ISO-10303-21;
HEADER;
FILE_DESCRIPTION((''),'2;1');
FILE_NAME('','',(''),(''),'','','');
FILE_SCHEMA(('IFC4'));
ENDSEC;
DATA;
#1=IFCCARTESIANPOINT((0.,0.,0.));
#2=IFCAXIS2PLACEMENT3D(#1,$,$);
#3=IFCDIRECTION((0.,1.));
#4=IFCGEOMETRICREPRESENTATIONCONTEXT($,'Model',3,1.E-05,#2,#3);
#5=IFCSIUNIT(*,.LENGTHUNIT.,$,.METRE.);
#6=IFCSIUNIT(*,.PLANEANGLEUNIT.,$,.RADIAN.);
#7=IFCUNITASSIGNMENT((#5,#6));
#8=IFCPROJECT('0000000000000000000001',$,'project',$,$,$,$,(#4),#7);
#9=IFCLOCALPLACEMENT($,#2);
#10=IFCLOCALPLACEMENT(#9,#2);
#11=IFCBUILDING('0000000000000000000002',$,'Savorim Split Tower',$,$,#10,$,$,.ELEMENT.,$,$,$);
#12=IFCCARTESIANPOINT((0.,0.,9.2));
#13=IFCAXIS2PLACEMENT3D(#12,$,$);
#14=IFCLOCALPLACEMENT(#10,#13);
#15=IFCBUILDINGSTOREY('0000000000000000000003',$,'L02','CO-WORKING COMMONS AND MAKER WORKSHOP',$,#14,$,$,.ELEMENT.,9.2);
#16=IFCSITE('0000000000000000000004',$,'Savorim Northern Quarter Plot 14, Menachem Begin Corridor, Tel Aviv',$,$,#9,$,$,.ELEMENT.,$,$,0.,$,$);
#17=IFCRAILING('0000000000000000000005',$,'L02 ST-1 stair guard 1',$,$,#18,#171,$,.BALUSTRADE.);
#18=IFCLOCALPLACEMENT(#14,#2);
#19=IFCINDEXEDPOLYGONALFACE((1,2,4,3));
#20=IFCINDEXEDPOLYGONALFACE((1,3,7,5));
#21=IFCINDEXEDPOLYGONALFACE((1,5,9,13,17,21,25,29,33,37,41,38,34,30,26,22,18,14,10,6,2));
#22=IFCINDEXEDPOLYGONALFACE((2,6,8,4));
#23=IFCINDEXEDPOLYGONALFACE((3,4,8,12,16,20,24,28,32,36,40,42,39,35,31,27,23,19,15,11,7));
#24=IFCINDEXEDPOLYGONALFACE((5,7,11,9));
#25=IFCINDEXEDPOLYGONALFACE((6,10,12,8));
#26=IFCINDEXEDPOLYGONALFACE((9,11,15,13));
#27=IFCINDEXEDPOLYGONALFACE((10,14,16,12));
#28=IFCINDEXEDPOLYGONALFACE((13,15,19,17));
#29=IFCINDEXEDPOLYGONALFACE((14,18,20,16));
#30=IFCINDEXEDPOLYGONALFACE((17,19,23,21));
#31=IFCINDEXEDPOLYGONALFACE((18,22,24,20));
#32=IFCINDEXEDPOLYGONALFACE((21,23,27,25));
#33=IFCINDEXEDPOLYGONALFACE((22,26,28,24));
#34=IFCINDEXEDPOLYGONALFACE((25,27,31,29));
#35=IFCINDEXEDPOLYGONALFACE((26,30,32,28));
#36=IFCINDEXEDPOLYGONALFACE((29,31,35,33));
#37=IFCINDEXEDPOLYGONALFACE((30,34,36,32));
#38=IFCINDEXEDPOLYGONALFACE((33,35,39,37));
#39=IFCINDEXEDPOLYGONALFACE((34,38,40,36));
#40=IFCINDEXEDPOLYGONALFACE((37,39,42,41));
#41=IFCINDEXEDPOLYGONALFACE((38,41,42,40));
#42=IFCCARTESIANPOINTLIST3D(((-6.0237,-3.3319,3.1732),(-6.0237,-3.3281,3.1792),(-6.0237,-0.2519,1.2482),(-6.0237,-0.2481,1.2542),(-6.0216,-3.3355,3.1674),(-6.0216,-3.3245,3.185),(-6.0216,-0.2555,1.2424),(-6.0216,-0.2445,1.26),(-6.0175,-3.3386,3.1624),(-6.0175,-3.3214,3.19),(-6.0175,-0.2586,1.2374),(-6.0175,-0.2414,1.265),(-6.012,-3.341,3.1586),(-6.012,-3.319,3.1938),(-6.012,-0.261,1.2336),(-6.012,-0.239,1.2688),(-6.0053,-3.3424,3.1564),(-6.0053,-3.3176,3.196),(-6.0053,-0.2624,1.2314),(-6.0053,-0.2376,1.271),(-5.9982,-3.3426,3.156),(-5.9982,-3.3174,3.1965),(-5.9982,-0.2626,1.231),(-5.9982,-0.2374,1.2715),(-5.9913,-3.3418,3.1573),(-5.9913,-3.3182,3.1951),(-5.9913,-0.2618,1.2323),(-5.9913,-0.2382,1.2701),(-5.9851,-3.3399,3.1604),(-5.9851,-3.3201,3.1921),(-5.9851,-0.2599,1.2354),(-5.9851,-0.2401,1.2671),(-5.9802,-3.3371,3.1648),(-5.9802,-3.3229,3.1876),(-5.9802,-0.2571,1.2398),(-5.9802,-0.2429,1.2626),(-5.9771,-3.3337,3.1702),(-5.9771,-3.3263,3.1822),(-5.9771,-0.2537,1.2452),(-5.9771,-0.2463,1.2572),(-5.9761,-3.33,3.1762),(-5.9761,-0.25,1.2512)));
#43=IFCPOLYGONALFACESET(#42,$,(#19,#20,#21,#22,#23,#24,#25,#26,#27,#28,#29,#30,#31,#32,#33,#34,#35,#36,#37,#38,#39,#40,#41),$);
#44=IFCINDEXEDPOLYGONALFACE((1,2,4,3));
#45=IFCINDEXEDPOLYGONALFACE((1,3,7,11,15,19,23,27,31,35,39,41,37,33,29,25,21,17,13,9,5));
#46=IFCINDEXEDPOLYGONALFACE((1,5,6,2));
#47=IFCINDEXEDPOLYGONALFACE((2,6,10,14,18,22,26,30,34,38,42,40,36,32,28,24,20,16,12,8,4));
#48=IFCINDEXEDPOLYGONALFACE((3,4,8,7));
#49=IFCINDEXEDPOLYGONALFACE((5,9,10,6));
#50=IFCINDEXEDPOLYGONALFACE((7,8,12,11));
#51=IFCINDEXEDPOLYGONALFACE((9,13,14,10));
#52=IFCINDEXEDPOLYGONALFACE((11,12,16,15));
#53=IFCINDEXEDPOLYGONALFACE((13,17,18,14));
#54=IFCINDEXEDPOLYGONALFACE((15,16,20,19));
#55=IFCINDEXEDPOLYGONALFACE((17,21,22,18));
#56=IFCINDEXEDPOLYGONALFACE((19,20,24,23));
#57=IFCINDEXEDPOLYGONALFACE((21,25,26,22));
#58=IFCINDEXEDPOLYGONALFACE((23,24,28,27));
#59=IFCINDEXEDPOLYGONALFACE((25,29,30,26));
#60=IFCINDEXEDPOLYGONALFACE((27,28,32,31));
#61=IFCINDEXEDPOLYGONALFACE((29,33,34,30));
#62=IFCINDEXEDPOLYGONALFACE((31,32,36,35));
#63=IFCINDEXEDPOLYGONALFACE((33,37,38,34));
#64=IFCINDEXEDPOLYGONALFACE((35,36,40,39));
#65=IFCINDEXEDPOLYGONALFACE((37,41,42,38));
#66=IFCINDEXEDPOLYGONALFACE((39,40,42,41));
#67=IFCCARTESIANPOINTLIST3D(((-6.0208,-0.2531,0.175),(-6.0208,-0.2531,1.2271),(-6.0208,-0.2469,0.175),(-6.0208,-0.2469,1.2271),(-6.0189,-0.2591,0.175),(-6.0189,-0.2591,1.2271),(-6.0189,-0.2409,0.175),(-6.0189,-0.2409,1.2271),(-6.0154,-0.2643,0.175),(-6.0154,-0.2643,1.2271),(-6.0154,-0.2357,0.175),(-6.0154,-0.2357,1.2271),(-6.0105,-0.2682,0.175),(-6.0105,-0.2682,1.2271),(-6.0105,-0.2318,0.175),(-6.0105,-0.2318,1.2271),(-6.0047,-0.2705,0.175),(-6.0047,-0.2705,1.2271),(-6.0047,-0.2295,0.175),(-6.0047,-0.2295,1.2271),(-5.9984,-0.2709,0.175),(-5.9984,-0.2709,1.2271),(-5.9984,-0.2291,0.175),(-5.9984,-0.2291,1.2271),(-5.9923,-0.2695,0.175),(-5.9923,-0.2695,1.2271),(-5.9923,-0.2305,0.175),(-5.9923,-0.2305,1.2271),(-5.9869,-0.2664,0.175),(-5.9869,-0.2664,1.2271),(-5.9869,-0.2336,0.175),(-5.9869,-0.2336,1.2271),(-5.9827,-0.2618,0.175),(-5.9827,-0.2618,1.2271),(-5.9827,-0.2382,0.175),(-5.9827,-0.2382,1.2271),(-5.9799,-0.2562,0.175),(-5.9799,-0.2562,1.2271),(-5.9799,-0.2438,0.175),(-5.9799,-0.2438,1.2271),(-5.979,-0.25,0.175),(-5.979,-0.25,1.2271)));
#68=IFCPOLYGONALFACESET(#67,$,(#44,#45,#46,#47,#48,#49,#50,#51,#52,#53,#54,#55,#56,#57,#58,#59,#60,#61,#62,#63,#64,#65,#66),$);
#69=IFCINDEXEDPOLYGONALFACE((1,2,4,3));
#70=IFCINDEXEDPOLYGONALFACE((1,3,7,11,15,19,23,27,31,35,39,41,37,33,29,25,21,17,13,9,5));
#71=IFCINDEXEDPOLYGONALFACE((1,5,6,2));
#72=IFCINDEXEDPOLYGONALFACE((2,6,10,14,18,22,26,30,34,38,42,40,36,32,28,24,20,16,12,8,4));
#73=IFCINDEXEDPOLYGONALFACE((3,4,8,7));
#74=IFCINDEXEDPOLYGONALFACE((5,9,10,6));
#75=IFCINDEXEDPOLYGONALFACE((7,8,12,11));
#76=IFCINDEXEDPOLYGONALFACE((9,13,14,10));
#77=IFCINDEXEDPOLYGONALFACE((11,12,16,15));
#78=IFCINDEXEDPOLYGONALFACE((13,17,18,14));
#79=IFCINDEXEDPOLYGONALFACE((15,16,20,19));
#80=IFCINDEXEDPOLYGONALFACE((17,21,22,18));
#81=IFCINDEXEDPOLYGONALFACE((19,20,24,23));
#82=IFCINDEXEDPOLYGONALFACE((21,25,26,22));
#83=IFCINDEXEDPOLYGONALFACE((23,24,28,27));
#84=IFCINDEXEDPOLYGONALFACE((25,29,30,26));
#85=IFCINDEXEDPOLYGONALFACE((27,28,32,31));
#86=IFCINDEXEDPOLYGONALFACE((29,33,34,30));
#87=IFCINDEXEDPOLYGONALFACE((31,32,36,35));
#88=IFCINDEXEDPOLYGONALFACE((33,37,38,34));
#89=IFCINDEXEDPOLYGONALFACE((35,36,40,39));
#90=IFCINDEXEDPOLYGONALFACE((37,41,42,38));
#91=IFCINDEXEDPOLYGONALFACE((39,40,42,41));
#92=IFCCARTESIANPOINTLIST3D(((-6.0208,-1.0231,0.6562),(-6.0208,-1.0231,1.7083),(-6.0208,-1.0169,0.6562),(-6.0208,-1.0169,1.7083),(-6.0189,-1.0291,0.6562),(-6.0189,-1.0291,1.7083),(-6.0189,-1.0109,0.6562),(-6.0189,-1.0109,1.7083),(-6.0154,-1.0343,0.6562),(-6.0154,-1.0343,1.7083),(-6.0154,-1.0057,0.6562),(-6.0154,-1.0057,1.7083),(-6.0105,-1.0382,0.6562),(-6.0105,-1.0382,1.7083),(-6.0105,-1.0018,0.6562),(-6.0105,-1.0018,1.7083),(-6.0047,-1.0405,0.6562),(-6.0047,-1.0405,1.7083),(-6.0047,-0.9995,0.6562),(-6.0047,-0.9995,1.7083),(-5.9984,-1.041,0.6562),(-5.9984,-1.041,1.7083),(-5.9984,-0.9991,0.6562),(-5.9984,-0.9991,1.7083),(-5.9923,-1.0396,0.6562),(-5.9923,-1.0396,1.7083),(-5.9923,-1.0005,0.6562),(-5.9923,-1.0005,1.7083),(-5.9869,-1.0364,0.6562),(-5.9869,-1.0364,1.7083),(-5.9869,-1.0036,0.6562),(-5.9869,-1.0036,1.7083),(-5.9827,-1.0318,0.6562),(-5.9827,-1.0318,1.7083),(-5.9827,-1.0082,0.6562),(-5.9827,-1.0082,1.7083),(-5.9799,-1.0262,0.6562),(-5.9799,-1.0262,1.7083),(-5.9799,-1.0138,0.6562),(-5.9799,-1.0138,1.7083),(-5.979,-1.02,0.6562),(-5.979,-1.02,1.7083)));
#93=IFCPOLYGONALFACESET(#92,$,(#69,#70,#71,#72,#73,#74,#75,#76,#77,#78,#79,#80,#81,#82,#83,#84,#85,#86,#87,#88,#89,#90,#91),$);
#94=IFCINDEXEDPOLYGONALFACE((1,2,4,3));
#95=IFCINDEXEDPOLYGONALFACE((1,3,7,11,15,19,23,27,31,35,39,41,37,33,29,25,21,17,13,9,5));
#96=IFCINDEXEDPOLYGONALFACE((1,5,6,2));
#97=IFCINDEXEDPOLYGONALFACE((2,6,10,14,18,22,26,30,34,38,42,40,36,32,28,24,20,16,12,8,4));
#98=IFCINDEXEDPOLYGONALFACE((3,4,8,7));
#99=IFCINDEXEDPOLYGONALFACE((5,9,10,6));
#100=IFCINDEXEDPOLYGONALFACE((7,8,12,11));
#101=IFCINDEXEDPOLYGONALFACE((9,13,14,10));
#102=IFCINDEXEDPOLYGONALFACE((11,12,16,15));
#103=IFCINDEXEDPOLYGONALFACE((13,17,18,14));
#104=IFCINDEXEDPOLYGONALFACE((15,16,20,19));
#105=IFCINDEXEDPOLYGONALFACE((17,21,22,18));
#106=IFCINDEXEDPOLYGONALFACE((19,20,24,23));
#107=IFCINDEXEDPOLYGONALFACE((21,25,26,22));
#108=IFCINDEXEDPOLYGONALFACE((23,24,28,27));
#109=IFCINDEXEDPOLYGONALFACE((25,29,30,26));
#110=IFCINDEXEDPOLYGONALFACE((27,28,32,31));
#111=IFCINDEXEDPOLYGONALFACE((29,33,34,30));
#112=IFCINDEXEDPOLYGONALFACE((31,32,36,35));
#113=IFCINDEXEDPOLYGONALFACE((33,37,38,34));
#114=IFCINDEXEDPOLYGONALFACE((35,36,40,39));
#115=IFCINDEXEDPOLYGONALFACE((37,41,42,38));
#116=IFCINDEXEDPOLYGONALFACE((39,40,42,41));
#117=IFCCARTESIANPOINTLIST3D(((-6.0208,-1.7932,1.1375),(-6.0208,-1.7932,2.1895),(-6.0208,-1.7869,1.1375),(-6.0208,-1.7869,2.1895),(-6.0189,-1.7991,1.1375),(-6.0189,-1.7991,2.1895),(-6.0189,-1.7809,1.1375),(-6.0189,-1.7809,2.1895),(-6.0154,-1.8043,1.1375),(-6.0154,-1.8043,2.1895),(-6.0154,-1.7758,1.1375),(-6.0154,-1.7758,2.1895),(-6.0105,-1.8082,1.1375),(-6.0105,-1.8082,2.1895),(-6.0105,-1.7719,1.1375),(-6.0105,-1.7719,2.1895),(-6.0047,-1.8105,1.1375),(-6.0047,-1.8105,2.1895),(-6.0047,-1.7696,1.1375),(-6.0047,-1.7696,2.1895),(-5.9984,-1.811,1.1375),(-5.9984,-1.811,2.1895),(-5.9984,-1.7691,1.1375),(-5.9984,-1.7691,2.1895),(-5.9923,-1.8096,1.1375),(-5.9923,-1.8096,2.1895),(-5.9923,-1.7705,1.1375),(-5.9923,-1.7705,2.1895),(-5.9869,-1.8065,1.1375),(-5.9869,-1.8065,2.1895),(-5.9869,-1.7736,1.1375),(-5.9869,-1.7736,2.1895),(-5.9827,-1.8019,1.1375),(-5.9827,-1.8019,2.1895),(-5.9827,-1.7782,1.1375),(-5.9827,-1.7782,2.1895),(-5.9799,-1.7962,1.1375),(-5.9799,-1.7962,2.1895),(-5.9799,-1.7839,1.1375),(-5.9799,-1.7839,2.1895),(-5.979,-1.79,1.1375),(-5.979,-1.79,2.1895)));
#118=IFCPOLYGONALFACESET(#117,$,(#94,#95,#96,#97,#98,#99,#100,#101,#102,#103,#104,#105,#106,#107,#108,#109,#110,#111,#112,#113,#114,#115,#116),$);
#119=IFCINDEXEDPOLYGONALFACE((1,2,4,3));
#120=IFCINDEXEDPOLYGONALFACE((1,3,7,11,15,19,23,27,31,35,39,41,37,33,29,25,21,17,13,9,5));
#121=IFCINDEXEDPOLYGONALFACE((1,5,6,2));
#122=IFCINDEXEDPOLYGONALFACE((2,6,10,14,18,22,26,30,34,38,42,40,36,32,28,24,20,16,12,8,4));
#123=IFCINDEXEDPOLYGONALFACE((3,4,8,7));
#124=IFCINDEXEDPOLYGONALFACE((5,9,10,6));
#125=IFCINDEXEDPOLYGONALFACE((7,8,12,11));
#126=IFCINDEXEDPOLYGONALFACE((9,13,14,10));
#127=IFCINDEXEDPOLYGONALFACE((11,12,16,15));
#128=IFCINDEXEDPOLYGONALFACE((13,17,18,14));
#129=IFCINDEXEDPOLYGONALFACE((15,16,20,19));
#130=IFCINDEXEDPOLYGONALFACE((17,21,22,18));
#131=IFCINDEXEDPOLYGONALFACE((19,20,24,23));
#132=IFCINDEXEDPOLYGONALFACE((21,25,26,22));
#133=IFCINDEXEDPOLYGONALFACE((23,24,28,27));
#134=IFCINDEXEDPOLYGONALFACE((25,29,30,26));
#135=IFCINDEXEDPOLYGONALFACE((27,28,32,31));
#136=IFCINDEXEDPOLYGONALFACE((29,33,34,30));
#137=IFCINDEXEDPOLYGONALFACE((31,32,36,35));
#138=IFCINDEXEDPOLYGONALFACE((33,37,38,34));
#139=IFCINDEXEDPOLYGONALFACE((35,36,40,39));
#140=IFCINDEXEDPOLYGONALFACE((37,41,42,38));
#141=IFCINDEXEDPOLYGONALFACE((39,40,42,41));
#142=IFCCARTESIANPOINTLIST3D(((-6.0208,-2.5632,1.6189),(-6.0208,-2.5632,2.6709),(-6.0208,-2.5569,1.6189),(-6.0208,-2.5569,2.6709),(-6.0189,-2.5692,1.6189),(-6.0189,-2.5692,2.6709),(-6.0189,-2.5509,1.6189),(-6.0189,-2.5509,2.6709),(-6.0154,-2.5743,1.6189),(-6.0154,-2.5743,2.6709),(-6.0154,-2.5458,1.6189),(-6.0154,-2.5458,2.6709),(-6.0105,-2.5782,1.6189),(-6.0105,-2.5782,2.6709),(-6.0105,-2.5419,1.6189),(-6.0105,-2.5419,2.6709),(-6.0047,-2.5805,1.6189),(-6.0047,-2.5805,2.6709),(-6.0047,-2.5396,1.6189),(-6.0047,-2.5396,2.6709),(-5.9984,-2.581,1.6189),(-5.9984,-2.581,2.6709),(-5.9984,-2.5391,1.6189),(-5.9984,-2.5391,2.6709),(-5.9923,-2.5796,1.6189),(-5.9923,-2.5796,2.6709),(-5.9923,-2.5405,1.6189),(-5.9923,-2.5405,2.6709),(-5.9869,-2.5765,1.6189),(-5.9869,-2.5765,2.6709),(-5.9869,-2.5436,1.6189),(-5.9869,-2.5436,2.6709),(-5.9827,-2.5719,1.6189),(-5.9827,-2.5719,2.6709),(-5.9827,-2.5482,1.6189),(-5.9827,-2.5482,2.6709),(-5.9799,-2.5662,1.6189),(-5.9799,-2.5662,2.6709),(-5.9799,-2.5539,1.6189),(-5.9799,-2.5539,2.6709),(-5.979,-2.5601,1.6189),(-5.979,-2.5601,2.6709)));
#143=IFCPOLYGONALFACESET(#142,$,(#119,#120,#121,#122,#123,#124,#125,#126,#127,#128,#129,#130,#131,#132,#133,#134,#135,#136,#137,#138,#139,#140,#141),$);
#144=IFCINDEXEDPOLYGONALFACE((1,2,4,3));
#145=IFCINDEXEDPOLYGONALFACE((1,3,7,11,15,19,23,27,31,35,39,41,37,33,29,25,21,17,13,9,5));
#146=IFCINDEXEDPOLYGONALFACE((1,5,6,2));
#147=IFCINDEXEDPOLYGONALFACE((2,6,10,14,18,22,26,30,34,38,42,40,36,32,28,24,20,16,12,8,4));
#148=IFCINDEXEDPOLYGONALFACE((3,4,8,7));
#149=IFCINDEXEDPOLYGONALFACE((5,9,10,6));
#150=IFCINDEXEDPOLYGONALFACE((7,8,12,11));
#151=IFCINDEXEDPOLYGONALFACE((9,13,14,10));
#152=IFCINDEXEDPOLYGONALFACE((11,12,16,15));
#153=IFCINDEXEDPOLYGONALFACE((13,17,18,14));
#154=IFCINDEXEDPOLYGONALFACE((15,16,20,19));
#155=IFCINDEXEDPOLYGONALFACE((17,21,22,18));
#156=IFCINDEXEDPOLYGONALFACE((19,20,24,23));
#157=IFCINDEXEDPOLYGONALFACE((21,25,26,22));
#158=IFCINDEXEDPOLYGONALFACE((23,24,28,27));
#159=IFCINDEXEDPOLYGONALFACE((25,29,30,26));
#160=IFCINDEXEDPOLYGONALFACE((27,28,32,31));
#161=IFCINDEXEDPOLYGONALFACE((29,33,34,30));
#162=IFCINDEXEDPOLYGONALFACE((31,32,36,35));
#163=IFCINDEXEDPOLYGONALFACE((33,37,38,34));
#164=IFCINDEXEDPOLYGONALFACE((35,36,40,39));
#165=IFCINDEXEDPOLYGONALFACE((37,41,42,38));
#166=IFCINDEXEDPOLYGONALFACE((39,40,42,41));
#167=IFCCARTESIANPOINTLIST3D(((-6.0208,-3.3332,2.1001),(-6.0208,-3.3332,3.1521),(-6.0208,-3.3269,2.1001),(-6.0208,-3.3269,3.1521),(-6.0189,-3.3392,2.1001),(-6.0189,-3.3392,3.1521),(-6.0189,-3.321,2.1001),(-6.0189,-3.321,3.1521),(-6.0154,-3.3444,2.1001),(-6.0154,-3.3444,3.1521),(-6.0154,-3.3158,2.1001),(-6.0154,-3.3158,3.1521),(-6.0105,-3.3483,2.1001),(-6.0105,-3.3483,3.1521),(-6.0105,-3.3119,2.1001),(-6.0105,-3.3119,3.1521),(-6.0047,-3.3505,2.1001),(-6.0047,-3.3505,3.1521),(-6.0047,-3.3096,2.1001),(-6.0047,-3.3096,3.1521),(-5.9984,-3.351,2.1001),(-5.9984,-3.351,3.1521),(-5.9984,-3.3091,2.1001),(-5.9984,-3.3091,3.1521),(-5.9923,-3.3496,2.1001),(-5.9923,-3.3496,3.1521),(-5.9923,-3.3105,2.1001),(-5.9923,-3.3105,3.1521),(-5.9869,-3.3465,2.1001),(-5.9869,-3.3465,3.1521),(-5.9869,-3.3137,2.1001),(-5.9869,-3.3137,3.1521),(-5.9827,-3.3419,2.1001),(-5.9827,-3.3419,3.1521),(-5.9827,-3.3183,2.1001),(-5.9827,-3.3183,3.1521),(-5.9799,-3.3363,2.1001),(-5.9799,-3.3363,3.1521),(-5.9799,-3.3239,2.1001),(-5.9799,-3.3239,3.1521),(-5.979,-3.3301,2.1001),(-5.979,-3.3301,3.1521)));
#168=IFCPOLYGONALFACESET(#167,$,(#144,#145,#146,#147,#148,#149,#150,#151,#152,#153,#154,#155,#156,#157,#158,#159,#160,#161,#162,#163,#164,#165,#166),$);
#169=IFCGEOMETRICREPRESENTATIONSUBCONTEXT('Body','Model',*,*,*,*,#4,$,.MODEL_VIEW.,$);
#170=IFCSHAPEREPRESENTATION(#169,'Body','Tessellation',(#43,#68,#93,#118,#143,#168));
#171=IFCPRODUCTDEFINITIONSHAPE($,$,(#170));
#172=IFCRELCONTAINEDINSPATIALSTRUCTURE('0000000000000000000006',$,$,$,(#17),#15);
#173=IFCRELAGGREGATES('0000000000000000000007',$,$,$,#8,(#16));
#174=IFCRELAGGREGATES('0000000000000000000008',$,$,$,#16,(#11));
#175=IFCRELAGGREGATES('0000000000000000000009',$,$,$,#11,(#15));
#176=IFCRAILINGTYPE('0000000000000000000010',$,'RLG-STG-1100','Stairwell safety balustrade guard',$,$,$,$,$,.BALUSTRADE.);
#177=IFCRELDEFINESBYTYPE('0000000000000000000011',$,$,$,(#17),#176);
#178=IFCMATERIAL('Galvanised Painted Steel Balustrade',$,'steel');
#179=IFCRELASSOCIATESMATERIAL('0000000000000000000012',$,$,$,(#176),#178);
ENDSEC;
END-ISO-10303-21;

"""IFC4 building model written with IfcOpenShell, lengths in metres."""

from ifc_helpers import new_model, si_unit, direction, frame, origin, origin_2d, place, context, subcontext, project, spatial, circle, extrude, material, type_object, element, save


model = new_model("IFC4")

# Units and contexts
model_context = context("Model", 3, precision=1e-05, world=origin(), true_north=direction((0.0, 1.0)))
body_context = subcontext(model_context, "Body", "Model", "MODEL_VIEW")
ifc_project = project(units=[si_unit("LENGTHUNIT", "METRE"), si_unit("PLANEANGLEUNIT", "RADIAN")], contexts=[model_context])

# Site, building, storey
site_placement = place(None, origin())
site = spatial("IfcSite", under=ifc_project, at=site_placement, Name="Savorim Northern Quarter Plot 14, Menachem Begin Corridor, Tel Aviv", CompositionType="ELEMENT", RefElevation=0.0)
building_placement = place(site_placement, origin())
building = spatial("IfcBuilding", under=site, at=building_placement, Name="Savorim Split Tower", CompositionType="ELEMENT")
storey_placement = place(building_placement, frame((0.0, 0.0, 9.2)))
storey = spatial("IfcBuildingStorey", under=building, at=storey_placement, Name="L02", Description="CO-WORKING COMMONS AND MAKER WORKSHOP", CompositionType="ELEMENT", Elevation=9.2)

# Railing
ifc_material_1 = material(Name="Galvanised Painted Steel Balustrade", Category="steel")
railing_type_1 = type_object("IfcRailingType", Name="RLG-STG-1100", Description="Stairwell safety balustrade guard", PredefinedType="BALUSTRADE", material=ifc_material_1)
railing_1_placement = place(storey_placement, frame((-6.0, -0.25, 0.175)))
element("IfcRailing", 1, at=railing_1_placement, inside=storey, type_object=railing_type_1, Name="L02 ST-1 stair guard 1", PredefinedType="BALUSTRADE", context=body_context, shape_type="SweptSolid", body=[
    extrude(circle(Radius=0.0239, at=origin_2d()), frame((0.0, 0.0, 1.0762), z_axis=(0.0, -0.847998, 0.529999), x_axis=(1.0, 0.0, 0.0)), (0.0, 0.0, 1.0), 3.6321),
    extrude(circle(Radius=0.021, at=origin_2d()), origin(), (0.0, 0.0, 1.0), 1.052),
    extrude(circle(Radius=0.021, at=origin_2d()), frame((0.0, -0.77, 0.4812)), (0.0, 0.0, 1.0), 1.052),
    extrude(circle(Radius=0.021, at=origin_2d()), frame((0.0, -1.54, 0.9624)), (0.0, 0.0, 1.0), 1.052),
    extrude(circle(Radius=0.021, at=origin_2d()), frame((0.0, -2.3101, 1.4438)), (0.0, 0.0, 1.0), 1.052),
    extrude(circle(Radius=0.021, at=origin_2d()), frame((0.0, -3.0801, 1.925)), (0.0, 0.0, 1.0), 1.052),
])

save(model, "model.ifc")
